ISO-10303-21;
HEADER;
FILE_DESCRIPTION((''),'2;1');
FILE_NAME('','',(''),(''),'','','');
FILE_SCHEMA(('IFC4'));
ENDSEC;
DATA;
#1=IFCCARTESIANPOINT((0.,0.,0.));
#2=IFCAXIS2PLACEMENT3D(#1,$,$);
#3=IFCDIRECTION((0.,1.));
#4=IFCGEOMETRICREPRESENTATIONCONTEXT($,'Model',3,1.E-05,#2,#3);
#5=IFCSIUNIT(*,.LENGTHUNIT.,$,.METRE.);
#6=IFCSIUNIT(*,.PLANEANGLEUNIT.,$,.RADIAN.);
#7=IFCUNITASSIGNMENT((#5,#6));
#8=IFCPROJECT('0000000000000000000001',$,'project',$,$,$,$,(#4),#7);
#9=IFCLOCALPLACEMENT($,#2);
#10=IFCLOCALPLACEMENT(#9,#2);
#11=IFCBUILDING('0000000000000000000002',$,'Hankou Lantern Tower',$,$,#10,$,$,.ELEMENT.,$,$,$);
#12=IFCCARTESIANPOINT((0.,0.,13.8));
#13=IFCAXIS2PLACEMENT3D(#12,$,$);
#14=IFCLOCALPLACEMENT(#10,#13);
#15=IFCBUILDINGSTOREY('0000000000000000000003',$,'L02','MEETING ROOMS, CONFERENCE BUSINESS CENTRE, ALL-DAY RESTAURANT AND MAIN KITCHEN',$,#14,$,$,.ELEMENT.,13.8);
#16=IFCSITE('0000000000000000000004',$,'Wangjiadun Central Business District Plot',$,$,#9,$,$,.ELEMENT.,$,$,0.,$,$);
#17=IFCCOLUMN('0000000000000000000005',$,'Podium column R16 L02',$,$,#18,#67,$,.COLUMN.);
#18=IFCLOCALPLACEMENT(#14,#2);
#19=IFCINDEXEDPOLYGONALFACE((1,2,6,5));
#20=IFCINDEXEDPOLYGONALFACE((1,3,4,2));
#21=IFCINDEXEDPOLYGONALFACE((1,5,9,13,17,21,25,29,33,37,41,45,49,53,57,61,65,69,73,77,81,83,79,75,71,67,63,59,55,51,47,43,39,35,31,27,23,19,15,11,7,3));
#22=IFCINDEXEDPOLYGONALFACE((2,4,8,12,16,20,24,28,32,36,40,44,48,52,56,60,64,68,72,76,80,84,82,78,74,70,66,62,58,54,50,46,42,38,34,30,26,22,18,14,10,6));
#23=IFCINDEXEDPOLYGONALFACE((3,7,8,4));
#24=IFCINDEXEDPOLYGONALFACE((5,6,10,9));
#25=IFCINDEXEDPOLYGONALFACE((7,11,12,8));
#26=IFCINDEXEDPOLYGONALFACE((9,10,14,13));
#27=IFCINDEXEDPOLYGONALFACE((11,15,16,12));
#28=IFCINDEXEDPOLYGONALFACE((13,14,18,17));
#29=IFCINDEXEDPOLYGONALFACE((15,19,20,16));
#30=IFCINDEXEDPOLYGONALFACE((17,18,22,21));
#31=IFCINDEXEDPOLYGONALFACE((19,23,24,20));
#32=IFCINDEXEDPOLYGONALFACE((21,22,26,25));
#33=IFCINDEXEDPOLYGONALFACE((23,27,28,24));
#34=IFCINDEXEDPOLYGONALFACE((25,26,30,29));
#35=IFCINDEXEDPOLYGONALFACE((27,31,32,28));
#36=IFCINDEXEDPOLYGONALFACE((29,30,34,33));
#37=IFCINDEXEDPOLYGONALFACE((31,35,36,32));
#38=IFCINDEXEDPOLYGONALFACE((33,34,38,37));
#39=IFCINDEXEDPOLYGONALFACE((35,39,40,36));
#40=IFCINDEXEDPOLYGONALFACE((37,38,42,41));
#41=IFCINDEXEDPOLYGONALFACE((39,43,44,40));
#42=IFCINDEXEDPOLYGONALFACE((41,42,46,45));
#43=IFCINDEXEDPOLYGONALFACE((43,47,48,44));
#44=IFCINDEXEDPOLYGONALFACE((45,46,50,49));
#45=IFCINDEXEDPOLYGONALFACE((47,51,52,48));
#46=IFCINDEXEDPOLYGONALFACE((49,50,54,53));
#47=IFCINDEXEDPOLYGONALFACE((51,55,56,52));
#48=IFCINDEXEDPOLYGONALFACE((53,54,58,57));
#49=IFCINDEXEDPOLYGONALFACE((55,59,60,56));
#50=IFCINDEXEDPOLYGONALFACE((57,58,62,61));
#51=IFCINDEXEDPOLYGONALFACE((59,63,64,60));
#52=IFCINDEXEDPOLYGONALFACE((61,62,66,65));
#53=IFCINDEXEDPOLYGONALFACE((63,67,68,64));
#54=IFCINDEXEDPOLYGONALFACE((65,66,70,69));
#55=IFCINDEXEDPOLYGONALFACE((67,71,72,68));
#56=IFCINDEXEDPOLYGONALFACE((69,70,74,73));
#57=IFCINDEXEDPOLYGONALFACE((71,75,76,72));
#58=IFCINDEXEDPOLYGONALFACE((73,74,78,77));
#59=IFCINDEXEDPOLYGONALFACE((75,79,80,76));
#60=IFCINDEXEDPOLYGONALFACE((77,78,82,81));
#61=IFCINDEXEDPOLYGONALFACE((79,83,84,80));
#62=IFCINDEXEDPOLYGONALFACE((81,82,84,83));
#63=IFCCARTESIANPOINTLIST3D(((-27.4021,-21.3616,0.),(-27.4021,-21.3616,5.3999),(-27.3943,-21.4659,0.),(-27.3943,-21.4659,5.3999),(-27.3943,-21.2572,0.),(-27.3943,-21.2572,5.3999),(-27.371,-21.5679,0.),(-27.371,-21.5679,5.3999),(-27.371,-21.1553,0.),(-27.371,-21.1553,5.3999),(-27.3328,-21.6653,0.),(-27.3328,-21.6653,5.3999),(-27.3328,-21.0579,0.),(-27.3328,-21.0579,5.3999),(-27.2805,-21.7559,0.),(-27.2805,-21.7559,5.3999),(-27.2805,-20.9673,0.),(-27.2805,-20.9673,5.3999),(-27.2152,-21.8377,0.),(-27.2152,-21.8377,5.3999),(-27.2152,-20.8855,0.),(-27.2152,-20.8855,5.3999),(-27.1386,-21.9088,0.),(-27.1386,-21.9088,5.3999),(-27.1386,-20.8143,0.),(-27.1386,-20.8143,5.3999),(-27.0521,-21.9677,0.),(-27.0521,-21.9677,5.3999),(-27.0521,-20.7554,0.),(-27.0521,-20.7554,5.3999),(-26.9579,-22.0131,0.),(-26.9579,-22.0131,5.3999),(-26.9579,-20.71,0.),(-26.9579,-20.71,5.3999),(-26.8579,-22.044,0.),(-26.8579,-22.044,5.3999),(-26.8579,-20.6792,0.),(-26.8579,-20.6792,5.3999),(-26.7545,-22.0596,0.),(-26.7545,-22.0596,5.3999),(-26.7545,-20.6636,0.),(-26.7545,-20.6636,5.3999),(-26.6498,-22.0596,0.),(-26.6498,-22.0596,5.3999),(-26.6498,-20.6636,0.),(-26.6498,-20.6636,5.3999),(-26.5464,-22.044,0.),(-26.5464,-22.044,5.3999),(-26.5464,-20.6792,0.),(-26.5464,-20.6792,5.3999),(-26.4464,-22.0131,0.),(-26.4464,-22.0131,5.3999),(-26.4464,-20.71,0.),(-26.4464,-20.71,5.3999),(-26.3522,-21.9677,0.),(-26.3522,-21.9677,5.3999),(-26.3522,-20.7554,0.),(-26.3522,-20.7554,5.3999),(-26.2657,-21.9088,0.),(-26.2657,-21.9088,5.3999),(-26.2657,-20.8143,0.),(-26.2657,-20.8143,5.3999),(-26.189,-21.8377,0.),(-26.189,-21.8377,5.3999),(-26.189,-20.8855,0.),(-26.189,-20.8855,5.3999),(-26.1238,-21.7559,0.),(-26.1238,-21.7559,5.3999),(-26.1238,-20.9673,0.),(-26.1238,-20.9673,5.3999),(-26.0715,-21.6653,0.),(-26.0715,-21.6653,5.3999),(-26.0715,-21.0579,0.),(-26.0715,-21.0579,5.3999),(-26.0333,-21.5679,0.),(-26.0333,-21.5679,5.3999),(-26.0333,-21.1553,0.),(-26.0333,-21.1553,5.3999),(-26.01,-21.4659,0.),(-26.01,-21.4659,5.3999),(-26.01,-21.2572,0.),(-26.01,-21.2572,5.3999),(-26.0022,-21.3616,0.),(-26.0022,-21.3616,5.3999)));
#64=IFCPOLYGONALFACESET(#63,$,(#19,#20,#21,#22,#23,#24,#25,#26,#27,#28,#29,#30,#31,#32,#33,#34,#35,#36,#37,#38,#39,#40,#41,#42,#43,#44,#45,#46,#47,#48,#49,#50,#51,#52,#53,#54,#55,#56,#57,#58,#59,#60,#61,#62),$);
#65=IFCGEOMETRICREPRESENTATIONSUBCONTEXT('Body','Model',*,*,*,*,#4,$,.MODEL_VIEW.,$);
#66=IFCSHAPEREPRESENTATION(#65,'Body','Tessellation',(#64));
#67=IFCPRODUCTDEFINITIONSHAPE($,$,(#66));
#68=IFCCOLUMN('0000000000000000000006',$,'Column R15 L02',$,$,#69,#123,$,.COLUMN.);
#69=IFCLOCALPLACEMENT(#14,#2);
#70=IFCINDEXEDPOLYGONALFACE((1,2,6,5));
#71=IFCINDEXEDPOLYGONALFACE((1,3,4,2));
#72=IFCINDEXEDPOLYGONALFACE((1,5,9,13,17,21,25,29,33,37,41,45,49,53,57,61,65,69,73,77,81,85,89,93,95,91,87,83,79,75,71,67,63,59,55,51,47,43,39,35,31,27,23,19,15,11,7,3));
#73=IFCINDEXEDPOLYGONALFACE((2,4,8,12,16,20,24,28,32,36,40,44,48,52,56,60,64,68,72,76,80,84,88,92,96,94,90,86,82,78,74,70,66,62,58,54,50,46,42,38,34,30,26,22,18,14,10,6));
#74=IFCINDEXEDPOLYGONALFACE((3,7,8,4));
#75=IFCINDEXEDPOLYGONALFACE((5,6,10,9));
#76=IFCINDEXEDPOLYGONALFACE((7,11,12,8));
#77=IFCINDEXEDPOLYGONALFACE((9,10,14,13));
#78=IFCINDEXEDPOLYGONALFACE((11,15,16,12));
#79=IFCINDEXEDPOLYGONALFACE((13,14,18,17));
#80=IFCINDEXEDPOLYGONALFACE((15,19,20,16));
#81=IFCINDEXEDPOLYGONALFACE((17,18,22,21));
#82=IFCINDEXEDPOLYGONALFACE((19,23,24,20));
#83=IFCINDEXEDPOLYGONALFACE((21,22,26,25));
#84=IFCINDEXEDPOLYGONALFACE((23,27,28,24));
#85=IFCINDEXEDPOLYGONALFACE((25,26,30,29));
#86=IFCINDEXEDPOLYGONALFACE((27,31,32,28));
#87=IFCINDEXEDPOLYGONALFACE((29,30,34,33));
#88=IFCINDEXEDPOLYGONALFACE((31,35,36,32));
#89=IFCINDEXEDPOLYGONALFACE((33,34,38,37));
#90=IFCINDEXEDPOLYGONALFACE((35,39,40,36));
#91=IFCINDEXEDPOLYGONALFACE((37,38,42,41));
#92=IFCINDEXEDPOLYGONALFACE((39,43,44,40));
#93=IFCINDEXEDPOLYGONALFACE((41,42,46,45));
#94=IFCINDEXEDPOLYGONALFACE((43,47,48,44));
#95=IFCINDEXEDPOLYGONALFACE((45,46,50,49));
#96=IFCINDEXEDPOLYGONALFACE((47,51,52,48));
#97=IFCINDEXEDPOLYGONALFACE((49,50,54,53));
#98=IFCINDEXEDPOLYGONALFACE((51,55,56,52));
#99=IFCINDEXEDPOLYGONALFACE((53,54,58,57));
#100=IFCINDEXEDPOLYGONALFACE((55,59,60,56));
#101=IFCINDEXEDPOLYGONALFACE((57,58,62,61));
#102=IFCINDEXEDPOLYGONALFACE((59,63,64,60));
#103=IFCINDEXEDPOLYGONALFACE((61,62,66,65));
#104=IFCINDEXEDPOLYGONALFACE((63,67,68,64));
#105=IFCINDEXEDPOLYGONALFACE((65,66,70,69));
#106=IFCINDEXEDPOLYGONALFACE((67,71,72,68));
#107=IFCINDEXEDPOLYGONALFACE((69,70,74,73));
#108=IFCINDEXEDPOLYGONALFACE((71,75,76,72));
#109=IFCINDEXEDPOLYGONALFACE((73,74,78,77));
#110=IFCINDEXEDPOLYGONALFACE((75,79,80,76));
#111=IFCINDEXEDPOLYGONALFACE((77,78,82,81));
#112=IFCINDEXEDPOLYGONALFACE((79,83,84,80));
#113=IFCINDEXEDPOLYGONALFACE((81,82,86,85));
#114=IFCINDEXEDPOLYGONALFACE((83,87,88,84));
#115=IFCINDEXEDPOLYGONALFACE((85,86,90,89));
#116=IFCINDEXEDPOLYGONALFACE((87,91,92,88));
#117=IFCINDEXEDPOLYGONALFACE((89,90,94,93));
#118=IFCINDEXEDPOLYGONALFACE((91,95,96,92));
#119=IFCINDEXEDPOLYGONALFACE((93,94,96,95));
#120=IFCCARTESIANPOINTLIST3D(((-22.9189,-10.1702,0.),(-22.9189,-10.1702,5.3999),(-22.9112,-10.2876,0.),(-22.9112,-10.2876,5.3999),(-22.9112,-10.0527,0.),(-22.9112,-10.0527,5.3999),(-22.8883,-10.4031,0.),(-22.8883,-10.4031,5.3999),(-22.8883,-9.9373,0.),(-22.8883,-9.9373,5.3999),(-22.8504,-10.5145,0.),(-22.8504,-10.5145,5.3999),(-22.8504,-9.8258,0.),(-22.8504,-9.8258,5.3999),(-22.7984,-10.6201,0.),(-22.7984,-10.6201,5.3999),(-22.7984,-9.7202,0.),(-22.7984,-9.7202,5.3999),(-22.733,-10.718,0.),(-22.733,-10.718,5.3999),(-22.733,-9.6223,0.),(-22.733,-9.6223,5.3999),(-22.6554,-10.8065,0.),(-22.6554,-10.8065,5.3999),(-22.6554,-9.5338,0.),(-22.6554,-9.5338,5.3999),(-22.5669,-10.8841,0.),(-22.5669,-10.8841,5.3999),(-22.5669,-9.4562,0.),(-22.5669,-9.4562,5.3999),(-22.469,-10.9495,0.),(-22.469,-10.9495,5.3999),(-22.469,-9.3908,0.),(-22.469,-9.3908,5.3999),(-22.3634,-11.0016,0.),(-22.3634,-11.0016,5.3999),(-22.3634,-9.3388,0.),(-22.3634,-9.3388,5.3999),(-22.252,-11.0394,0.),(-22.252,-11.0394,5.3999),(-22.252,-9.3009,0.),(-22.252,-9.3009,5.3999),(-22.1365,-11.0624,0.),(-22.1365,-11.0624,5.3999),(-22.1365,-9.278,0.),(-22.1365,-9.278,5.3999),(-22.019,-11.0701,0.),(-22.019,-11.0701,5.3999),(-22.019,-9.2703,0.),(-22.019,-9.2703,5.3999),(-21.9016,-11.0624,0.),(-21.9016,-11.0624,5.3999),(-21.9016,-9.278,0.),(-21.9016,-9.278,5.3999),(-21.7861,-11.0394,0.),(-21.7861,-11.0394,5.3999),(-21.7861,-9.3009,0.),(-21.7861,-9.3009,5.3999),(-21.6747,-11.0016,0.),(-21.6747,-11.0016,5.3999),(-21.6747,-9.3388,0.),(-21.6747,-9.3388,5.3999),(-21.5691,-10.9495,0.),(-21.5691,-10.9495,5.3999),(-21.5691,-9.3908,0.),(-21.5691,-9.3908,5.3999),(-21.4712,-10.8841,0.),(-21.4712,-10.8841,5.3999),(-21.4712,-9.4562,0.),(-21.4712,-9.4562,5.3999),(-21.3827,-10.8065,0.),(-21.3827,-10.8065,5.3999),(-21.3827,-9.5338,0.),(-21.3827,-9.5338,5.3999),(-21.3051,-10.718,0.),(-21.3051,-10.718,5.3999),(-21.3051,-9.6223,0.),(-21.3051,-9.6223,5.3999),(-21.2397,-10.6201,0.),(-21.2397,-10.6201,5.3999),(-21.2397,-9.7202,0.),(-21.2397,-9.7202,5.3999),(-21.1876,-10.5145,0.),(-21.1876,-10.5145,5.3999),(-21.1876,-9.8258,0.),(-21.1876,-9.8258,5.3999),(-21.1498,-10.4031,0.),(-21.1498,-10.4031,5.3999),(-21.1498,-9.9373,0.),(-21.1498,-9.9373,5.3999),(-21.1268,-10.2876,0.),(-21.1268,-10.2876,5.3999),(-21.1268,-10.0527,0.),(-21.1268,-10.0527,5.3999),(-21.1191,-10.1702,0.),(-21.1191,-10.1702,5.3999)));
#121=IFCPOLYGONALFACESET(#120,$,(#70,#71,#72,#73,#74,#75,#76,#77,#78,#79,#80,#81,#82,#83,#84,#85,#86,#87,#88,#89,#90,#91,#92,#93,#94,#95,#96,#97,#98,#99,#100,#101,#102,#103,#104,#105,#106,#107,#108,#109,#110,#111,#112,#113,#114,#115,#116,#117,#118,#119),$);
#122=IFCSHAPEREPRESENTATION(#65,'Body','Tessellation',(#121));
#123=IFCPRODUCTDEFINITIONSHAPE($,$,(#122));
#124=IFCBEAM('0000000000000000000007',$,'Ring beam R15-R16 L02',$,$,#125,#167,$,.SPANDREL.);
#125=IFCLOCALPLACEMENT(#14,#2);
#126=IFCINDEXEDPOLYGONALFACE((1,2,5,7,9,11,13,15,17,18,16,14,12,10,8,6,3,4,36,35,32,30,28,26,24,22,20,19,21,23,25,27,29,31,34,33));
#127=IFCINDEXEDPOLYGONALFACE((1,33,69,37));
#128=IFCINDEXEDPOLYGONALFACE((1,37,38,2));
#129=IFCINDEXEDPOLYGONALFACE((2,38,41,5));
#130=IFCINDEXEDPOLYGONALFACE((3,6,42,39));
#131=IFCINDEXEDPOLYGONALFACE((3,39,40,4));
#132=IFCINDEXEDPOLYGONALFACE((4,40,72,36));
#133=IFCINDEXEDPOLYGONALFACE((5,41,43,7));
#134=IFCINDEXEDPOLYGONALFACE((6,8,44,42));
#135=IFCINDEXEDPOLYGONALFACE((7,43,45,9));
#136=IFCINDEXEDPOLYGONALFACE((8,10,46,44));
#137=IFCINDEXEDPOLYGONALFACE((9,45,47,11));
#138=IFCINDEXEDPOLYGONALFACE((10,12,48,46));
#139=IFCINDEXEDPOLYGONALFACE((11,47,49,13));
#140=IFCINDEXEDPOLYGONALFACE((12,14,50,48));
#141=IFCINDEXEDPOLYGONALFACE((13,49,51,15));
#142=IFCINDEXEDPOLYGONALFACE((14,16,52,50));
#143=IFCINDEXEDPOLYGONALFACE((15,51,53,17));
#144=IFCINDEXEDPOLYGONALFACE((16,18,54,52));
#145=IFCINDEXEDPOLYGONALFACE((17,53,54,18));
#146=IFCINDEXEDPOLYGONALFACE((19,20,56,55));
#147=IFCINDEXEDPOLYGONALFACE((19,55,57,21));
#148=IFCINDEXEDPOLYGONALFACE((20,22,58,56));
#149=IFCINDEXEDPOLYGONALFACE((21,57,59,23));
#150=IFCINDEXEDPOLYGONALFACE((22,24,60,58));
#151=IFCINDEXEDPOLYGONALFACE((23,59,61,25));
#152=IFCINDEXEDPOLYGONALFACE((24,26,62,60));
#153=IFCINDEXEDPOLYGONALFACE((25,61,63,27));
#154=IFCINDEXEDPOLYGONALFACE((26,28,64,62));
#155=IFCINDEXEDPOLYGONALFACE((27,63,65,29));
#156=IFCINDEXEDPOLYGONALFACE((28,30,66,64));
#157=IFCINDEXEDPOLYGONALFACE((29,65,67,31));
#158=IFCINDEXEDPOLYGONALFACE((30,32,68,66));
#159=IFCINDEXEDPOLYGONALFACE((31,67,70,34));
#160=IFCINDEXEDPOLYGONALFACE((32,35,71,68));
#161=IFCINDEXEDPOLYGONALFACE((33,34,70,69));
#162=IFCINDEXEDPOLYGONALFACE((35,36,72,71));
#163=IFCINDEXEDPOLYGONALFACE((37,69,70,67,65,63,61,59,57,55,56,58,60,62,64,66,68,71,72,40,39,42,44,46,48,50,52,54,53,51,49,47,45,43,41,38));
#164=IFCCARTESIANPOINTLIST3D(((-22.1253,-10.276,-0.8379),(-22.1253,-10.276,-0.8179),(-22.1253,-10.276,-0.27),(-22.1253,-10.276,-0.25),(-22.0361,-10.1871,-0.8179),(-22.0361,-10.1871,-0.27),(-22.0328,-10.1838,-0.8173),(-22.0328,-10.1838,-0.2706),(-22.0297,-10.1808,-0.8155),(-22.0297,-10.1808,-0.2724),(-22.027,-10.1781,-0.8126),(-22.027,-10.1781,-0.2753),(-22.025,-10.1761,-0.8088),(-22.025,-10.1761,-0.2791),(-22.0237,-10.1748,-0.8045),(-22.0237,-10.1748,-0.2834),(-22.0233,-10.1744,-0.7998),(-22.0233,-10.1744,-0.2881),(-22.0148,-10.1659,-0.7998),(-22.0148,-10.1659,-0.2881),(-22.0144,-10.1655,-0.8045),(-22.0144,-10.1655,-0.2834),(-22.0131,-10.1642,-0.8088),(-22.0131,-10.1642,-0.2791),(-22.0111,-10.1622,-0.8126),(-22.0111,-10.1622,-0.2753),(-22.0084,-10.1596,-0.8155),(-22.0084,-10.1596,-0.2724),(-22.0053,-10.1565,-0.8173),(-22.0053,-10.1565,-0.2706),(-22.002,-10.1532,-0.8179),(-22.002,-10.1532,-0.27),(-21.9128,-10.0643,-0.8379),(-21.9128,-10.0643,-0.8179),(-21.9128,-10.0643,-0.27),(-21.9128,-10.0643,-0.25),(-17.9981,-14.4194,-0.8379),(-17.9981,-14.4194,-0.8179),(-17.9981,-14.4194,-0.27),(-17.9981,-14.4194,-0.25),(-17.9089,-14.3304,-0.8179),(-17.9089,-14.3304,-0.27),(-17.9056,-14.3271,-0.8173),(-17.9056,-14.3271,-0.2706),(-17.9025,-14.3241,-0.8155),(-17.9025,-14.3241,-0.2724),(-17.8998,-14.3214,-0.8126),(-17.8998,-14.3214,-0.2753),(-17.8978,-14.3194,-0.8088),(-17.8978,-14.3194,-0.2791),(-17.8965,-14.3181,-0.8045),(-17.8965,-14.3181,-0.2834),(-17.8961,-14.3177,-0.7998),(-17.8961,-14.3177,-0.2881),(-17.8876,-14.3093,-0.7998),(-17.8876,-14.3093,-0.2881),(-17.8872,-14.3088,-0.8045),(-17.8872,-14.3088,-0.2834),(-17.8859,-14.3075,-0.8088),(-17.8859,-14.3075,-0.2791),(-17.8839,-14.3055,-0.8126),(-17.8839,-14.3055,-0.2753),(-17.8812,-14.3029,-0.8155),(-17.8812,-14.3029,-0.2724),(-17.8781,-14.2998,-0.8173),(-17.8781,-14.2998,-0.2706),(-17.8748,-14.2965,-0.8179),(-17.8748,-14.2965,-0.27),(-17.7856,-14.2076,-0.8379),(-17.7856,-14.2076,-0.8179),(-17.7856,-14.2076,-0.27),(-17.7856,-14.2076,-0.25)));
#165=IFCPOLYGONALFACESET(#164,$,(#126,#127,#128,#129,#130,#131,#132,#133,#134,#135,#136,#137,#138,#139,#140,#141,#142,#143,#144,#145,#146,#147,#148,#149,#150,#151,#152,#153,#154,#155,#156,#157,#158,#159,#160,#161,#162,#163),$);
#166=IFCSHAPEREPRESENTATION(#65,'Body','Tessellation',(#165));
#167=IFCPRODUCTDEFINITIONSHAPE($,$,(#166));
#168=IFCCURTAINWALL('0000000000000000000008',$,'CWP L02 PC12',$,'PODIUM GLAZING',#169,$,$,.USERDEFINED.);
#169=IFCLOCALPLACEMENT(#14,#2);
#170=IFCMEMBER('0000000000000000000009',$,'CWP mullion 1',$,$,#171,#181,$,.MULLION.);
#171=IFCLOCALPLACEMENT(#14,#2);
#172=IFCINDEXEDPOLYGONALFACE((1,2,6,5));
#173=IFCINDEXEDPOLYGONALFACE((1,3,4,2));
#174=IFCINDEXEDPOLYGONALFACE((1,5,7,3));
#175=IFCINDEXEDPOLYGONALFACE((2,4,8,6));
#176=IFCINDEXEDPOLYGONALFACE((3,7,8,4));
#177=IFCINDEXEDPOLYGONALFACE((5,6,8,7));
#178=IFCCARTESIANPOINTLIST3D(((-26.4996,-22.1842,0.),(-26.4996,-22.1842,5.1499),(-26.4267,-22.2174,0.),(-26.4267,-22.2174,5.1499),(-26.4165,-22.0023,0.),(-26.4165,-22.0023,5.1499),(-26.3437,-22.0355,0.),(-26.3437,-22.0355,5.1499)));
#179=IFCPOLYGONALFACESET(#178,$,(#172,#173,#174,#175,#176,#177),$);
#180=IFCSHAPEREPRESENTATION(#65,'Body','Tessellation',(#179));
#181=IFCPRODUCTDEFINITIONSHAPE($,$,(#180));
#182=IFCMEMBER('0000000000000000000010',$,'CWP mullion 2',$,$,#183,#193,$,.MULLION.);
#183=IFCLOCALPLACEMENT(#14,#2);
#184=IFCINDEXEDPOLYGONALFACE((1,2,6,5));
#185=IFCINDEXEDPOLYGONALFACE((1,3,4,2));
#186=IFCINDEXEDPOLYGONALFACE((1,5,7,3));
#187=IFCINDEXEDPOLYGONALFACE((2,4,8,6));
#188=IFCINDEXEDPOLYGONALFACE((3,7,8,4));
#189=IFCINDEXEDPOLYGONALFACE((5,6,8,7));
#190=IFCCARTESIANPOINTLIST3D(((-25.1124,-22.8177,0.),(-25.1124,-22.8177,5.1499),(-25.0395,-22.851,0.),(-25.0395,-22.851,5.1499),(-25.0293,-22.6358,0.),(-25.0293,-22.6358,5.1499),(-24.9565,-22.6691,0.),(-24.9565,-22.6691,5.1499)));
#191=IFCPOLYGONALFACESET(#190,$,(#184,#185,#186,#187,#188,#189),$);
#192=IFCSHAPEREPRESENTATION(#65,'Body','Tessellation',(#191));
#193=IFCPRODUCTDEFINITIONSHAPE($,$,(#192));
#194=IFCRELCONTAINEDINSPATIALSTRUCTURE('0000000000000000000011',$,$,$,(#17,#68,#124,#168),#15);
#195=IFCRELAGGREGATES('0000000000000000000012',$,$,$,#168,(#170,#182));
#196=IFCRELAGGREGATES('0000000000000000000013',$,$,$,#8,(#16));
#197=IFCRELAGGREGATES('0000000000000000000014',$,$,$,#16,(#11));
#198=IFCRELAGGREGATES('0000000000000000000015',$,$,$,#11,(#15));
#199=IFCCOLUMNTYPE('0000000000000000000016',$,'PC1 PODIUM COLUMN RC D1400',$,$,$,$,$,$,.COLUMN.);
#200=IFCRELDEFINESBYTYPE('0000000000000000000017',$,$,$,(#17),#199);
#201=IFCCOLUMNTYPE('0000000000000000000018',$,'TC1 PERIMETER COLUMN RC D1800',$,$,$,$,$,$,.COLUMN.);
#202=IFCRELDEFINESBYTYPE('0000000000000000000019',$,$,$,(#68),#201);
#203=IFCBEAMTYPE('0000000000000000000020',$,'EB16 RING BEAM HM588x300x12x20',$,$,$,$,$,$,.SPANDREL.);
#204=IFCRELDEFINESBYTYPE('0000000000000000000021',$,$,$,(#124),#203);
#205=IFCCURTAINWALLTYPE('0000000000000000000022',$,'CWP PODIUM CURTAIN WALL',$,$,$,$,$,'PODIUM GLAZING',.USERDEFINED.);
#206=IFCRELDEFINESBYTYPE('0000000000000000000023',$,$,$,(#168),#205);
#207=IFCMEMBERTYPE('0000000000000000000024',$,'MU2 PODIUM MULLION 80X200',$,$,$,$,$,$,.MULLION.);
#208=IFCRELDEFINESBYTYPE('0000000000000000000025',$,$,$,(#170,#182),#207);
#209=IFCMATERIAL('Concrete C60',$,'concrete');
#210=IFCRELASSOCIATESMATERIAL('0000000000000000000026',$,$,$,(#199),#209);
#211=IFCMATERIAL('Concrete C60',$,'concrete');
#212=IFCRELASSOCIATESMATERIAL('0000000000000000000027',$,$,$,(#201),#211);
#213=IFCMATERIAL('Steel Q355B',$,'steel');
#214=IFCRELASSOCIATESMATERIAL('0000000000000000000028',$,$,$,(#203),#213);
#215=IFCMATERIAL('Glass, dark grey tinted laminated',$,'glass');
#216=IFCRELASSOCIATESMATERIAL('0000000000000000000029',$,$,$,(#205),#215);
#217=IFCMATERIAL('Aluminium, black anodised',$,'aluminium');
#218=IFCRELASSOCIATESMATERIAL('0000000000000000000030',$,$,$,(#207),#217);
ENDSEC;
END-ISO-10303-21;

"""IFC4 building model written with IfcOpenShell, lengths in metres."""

from ifc_helpers import new_model, si_unit, direction, frame, origin, origin_2d, place, context, subcontext, project, spatial, rectangle, circle, i_section, extrude, material, material_profile, profile_set, type_object, element, aggregate, save


model = new_model("IFC4")

# Units and contexts
model_context = context("Model", 3, precision=1e-05, world=origin(), true_north=direction((0.0, 1.0)))
body_context = subcontext(model_context, "Body", "Model", "MODEL_VIEW")
ifc_project = project(units=[si_unit("LENGTHUNIT", "METRE"), si_unit("PLANEANGLEUNIT", "RADIAN")], contexts=[model_context])

# Site, building, storey
site_placement = place(None, origin())
site = spatial("IfcSite", under=ifc_project, at=site_placement, Name="Wangjiadun Central Business District Plot", CompositionType="ELEMENT", RefElevation=0.0)
building_placement = place(site_placement, origin())
building = spatial("IfcBuilding", under=site, at=building_placement, Name="Hankou Lantern Tower", CompositionType="ELEMENT")
storey_placement = place(building_placement, frame((0.0, 0.0, 13.8)))
storey = spatial("IfcBuildingStorey", under=building, at=storey_placement, Name="L02", Description="MEETING ROOMS, CONFERENCE BUSINESS CENTRE, ALL-DAY RESTAURANT AND MAIN KITCHEN", CompositionType="ELEMENT", Elevation=13.8)

# Columns
ifc_material_1 = material(Name="Concrete C60", Category="concrete")
ifc_material_profile_1 = material_profile(ifc_material_1, circle(Radius=0.7, at=origin_2d()), Name="RC D1400")
ifc_profile_set_1 = profile_set([ifc_material_profile_1], Name="Concrete C60")
column_type_1 = type_object("IfcColumnType", Name="PC1 PODIUM COLUMN RC D1400", PredefinedType="COLUMN", material=ifc_profile_set_1)
column_1_placement = place(storey_placement, frame((-26.7021, -21.3616, 0.0), z_axis=(0.0, 0.0, 1.0), x_axis=(1.0, 0.0, 0.0)))
element("IfcColumn", 1, at=column_1_placement, inside=storey, type_object=column_type_1, Name="Podium column R16 L02", PredefinedType="COLUMN", context=body_context, shape_type="SweptSolid", body=[
    extrude(circle(Radius=0.7, at=origin_2d()), origin(), (0.0, 0.0, 1.0), 5.3999),
])
ifc_material_2 = material(Name="Concrete C60", Category="concrete")
ifc_material_profile_2 = material_profile(ifc_material_2, circle(Radius=0.8999, at=origin_2d()), Name="RC D1800")
ifc_profile_set_2 = profile_set([ifc_material_profile_2], Name="Concrete C60")
column_type_2 = type_object("IfcColumnType", Name="TC1 PERIMETER COLUMN RC D1800", PredefinedType="COLUMN", material=ifc_profile_set_2)
column_2_placement = place(storey_placement, frame((-22.019, -10.1702, 0.0), z_axis=(0.0, 0.0, 1.0), x_axis=(1.0, 0.0, 0.0)))
element("IfcColumn", 2, at=column_2_placement, inside=storey, type_object=column_type_2, Name="Column R15 L02", PredefinedType="COLUMN", context=body_context, shape_type="SweptSolid", body=[
    extrude(circle(Radius=0.8999, at=origin_2d()), origin(), (0.0, 0.0, 1.0), 5.3999),
])

# Beam
ifc_material_3 = material(Name="Steel Q355B", Category="steel")
ifc_material_profile_3 = material_profile(ifc_material_3, i_section(OverallWidth=0.3, OverallDepth=0.5879, WebThickness=0.012, FlangeThickness=0.02, FilletRadius=0.0181, at=origin_2d()), Name="HM588x300x12x20")
ifc_profile_set_3 = profile_set([ifc_material_profile_3], Name="Steel Q355B")
beam_type_1 = type_object("IfcBeamType", Name="EB16 RING BEAM HM588x300x12x20", PredefinedType="SPANDREL", material=ifc_profile_set_3)
beam_1_placement = place(storey_placement, frame((-22.019, -10.1702, -0.5439), z_axis=(0.705728, -0.708483, 0.0), x_axis=(0.708483, 0.705728, 0.0)))
element("IfcBeam", 3, at=beam_1_placement, inside=storey, type_object=beam_type_1, Name="Ring beam R15-R16 L02", PredefinedType="SPANDREL", context=body_context, shape_type="SweptSolid", body=[
    extrude(i_section(OverallWidth=0.3, OverallDepth=0.5879, WebThickness=0.012, FlangeThickness=0.02, FilletRadius=0.0181, at=origin_2d()), origin(), (0.0, 0.0, 1.0), 5.8481),
])

# Curtain wall, members
ifc_material_4 = material(Name="Glass, dark grey tinted laminated", Category="glass")
curtain_wall_type = type_object("IfcCurtainWallType", Name="CWP PODIUM CURTAIN WALL", ElementType="PODIUM GLAZING", PredefinedType="USERDEFINED", material=ifc_material_4)
curtain_wall_placement = place(storey_placement, origin())
curtain_wall = element("IfcCurtainWall", 4, at=curtain_wall_placement, inside=storey, type_object=curtain_wall_type, Name="CWP L02 PC12", ObjectType="PODIUM GLAZING", PredefinedType="USERDEFINED")
ifc_material_5 = material(Name="Aluminium, black anodised", Category="aluminium")
ifc_material_profile_4 = material_profile(ifc_material_5, rectangle(XDim=0.0801, YDim=0.2, at=origin_2d()), Name="MU2 80X200")
ifc_profile_set_4 = profile_set([ifc_material_profile_4], Name="Aluminium, black anodised")
member_type_1 = type_object("IfcMemberType", Name="MU2 PODIUM MULLION 80X200", PredefinedType="MULLION", material=ifc_profile_set_4)
member_1_placement = place(storey_placement, frame((-26.4216, -22.1099, 0.0), z_axis=(0.0, 0.0, 1.0), x_axis=(0.90967, -0.415332, 0.0)))
member_1 = element("IfcMember", 5, at=member_1_placement, type_object=member_type_1, Name="CWP mullion 1", PredefinedType="MULLION", context=body_context, shape_type="SweptSolid", body=[
    extrude(rectangle(XDim=0.0801, YDim=0.2, at=origin_2d()), origin(), (0.0, 0.0, 1.0), 5.1499),
])
member_2_placement = place(storey_placement, frame((-25.0344, -22.7434, 0.0), z_axis=(0.0, 0.0, 1.0), x_axis=(0.90967, -0.415332, 0.0)))
member_2 = element("IfcMember", 6, at=member_2_placement, type_object=member_type_1, Name="CWP mullion 2", PredefinedType="MULLION", context=body_context, shape_type="SweptSolid", body=[
    extrude(rectangle(XDim=0.0801, YDim=0.2, at=origin_2d()), origin(), (0.0, 0.0, 1.0), 5.1499),
])

aggregate(curtain_wall, [member_1, member_2])

save(model, "model.ifc")
